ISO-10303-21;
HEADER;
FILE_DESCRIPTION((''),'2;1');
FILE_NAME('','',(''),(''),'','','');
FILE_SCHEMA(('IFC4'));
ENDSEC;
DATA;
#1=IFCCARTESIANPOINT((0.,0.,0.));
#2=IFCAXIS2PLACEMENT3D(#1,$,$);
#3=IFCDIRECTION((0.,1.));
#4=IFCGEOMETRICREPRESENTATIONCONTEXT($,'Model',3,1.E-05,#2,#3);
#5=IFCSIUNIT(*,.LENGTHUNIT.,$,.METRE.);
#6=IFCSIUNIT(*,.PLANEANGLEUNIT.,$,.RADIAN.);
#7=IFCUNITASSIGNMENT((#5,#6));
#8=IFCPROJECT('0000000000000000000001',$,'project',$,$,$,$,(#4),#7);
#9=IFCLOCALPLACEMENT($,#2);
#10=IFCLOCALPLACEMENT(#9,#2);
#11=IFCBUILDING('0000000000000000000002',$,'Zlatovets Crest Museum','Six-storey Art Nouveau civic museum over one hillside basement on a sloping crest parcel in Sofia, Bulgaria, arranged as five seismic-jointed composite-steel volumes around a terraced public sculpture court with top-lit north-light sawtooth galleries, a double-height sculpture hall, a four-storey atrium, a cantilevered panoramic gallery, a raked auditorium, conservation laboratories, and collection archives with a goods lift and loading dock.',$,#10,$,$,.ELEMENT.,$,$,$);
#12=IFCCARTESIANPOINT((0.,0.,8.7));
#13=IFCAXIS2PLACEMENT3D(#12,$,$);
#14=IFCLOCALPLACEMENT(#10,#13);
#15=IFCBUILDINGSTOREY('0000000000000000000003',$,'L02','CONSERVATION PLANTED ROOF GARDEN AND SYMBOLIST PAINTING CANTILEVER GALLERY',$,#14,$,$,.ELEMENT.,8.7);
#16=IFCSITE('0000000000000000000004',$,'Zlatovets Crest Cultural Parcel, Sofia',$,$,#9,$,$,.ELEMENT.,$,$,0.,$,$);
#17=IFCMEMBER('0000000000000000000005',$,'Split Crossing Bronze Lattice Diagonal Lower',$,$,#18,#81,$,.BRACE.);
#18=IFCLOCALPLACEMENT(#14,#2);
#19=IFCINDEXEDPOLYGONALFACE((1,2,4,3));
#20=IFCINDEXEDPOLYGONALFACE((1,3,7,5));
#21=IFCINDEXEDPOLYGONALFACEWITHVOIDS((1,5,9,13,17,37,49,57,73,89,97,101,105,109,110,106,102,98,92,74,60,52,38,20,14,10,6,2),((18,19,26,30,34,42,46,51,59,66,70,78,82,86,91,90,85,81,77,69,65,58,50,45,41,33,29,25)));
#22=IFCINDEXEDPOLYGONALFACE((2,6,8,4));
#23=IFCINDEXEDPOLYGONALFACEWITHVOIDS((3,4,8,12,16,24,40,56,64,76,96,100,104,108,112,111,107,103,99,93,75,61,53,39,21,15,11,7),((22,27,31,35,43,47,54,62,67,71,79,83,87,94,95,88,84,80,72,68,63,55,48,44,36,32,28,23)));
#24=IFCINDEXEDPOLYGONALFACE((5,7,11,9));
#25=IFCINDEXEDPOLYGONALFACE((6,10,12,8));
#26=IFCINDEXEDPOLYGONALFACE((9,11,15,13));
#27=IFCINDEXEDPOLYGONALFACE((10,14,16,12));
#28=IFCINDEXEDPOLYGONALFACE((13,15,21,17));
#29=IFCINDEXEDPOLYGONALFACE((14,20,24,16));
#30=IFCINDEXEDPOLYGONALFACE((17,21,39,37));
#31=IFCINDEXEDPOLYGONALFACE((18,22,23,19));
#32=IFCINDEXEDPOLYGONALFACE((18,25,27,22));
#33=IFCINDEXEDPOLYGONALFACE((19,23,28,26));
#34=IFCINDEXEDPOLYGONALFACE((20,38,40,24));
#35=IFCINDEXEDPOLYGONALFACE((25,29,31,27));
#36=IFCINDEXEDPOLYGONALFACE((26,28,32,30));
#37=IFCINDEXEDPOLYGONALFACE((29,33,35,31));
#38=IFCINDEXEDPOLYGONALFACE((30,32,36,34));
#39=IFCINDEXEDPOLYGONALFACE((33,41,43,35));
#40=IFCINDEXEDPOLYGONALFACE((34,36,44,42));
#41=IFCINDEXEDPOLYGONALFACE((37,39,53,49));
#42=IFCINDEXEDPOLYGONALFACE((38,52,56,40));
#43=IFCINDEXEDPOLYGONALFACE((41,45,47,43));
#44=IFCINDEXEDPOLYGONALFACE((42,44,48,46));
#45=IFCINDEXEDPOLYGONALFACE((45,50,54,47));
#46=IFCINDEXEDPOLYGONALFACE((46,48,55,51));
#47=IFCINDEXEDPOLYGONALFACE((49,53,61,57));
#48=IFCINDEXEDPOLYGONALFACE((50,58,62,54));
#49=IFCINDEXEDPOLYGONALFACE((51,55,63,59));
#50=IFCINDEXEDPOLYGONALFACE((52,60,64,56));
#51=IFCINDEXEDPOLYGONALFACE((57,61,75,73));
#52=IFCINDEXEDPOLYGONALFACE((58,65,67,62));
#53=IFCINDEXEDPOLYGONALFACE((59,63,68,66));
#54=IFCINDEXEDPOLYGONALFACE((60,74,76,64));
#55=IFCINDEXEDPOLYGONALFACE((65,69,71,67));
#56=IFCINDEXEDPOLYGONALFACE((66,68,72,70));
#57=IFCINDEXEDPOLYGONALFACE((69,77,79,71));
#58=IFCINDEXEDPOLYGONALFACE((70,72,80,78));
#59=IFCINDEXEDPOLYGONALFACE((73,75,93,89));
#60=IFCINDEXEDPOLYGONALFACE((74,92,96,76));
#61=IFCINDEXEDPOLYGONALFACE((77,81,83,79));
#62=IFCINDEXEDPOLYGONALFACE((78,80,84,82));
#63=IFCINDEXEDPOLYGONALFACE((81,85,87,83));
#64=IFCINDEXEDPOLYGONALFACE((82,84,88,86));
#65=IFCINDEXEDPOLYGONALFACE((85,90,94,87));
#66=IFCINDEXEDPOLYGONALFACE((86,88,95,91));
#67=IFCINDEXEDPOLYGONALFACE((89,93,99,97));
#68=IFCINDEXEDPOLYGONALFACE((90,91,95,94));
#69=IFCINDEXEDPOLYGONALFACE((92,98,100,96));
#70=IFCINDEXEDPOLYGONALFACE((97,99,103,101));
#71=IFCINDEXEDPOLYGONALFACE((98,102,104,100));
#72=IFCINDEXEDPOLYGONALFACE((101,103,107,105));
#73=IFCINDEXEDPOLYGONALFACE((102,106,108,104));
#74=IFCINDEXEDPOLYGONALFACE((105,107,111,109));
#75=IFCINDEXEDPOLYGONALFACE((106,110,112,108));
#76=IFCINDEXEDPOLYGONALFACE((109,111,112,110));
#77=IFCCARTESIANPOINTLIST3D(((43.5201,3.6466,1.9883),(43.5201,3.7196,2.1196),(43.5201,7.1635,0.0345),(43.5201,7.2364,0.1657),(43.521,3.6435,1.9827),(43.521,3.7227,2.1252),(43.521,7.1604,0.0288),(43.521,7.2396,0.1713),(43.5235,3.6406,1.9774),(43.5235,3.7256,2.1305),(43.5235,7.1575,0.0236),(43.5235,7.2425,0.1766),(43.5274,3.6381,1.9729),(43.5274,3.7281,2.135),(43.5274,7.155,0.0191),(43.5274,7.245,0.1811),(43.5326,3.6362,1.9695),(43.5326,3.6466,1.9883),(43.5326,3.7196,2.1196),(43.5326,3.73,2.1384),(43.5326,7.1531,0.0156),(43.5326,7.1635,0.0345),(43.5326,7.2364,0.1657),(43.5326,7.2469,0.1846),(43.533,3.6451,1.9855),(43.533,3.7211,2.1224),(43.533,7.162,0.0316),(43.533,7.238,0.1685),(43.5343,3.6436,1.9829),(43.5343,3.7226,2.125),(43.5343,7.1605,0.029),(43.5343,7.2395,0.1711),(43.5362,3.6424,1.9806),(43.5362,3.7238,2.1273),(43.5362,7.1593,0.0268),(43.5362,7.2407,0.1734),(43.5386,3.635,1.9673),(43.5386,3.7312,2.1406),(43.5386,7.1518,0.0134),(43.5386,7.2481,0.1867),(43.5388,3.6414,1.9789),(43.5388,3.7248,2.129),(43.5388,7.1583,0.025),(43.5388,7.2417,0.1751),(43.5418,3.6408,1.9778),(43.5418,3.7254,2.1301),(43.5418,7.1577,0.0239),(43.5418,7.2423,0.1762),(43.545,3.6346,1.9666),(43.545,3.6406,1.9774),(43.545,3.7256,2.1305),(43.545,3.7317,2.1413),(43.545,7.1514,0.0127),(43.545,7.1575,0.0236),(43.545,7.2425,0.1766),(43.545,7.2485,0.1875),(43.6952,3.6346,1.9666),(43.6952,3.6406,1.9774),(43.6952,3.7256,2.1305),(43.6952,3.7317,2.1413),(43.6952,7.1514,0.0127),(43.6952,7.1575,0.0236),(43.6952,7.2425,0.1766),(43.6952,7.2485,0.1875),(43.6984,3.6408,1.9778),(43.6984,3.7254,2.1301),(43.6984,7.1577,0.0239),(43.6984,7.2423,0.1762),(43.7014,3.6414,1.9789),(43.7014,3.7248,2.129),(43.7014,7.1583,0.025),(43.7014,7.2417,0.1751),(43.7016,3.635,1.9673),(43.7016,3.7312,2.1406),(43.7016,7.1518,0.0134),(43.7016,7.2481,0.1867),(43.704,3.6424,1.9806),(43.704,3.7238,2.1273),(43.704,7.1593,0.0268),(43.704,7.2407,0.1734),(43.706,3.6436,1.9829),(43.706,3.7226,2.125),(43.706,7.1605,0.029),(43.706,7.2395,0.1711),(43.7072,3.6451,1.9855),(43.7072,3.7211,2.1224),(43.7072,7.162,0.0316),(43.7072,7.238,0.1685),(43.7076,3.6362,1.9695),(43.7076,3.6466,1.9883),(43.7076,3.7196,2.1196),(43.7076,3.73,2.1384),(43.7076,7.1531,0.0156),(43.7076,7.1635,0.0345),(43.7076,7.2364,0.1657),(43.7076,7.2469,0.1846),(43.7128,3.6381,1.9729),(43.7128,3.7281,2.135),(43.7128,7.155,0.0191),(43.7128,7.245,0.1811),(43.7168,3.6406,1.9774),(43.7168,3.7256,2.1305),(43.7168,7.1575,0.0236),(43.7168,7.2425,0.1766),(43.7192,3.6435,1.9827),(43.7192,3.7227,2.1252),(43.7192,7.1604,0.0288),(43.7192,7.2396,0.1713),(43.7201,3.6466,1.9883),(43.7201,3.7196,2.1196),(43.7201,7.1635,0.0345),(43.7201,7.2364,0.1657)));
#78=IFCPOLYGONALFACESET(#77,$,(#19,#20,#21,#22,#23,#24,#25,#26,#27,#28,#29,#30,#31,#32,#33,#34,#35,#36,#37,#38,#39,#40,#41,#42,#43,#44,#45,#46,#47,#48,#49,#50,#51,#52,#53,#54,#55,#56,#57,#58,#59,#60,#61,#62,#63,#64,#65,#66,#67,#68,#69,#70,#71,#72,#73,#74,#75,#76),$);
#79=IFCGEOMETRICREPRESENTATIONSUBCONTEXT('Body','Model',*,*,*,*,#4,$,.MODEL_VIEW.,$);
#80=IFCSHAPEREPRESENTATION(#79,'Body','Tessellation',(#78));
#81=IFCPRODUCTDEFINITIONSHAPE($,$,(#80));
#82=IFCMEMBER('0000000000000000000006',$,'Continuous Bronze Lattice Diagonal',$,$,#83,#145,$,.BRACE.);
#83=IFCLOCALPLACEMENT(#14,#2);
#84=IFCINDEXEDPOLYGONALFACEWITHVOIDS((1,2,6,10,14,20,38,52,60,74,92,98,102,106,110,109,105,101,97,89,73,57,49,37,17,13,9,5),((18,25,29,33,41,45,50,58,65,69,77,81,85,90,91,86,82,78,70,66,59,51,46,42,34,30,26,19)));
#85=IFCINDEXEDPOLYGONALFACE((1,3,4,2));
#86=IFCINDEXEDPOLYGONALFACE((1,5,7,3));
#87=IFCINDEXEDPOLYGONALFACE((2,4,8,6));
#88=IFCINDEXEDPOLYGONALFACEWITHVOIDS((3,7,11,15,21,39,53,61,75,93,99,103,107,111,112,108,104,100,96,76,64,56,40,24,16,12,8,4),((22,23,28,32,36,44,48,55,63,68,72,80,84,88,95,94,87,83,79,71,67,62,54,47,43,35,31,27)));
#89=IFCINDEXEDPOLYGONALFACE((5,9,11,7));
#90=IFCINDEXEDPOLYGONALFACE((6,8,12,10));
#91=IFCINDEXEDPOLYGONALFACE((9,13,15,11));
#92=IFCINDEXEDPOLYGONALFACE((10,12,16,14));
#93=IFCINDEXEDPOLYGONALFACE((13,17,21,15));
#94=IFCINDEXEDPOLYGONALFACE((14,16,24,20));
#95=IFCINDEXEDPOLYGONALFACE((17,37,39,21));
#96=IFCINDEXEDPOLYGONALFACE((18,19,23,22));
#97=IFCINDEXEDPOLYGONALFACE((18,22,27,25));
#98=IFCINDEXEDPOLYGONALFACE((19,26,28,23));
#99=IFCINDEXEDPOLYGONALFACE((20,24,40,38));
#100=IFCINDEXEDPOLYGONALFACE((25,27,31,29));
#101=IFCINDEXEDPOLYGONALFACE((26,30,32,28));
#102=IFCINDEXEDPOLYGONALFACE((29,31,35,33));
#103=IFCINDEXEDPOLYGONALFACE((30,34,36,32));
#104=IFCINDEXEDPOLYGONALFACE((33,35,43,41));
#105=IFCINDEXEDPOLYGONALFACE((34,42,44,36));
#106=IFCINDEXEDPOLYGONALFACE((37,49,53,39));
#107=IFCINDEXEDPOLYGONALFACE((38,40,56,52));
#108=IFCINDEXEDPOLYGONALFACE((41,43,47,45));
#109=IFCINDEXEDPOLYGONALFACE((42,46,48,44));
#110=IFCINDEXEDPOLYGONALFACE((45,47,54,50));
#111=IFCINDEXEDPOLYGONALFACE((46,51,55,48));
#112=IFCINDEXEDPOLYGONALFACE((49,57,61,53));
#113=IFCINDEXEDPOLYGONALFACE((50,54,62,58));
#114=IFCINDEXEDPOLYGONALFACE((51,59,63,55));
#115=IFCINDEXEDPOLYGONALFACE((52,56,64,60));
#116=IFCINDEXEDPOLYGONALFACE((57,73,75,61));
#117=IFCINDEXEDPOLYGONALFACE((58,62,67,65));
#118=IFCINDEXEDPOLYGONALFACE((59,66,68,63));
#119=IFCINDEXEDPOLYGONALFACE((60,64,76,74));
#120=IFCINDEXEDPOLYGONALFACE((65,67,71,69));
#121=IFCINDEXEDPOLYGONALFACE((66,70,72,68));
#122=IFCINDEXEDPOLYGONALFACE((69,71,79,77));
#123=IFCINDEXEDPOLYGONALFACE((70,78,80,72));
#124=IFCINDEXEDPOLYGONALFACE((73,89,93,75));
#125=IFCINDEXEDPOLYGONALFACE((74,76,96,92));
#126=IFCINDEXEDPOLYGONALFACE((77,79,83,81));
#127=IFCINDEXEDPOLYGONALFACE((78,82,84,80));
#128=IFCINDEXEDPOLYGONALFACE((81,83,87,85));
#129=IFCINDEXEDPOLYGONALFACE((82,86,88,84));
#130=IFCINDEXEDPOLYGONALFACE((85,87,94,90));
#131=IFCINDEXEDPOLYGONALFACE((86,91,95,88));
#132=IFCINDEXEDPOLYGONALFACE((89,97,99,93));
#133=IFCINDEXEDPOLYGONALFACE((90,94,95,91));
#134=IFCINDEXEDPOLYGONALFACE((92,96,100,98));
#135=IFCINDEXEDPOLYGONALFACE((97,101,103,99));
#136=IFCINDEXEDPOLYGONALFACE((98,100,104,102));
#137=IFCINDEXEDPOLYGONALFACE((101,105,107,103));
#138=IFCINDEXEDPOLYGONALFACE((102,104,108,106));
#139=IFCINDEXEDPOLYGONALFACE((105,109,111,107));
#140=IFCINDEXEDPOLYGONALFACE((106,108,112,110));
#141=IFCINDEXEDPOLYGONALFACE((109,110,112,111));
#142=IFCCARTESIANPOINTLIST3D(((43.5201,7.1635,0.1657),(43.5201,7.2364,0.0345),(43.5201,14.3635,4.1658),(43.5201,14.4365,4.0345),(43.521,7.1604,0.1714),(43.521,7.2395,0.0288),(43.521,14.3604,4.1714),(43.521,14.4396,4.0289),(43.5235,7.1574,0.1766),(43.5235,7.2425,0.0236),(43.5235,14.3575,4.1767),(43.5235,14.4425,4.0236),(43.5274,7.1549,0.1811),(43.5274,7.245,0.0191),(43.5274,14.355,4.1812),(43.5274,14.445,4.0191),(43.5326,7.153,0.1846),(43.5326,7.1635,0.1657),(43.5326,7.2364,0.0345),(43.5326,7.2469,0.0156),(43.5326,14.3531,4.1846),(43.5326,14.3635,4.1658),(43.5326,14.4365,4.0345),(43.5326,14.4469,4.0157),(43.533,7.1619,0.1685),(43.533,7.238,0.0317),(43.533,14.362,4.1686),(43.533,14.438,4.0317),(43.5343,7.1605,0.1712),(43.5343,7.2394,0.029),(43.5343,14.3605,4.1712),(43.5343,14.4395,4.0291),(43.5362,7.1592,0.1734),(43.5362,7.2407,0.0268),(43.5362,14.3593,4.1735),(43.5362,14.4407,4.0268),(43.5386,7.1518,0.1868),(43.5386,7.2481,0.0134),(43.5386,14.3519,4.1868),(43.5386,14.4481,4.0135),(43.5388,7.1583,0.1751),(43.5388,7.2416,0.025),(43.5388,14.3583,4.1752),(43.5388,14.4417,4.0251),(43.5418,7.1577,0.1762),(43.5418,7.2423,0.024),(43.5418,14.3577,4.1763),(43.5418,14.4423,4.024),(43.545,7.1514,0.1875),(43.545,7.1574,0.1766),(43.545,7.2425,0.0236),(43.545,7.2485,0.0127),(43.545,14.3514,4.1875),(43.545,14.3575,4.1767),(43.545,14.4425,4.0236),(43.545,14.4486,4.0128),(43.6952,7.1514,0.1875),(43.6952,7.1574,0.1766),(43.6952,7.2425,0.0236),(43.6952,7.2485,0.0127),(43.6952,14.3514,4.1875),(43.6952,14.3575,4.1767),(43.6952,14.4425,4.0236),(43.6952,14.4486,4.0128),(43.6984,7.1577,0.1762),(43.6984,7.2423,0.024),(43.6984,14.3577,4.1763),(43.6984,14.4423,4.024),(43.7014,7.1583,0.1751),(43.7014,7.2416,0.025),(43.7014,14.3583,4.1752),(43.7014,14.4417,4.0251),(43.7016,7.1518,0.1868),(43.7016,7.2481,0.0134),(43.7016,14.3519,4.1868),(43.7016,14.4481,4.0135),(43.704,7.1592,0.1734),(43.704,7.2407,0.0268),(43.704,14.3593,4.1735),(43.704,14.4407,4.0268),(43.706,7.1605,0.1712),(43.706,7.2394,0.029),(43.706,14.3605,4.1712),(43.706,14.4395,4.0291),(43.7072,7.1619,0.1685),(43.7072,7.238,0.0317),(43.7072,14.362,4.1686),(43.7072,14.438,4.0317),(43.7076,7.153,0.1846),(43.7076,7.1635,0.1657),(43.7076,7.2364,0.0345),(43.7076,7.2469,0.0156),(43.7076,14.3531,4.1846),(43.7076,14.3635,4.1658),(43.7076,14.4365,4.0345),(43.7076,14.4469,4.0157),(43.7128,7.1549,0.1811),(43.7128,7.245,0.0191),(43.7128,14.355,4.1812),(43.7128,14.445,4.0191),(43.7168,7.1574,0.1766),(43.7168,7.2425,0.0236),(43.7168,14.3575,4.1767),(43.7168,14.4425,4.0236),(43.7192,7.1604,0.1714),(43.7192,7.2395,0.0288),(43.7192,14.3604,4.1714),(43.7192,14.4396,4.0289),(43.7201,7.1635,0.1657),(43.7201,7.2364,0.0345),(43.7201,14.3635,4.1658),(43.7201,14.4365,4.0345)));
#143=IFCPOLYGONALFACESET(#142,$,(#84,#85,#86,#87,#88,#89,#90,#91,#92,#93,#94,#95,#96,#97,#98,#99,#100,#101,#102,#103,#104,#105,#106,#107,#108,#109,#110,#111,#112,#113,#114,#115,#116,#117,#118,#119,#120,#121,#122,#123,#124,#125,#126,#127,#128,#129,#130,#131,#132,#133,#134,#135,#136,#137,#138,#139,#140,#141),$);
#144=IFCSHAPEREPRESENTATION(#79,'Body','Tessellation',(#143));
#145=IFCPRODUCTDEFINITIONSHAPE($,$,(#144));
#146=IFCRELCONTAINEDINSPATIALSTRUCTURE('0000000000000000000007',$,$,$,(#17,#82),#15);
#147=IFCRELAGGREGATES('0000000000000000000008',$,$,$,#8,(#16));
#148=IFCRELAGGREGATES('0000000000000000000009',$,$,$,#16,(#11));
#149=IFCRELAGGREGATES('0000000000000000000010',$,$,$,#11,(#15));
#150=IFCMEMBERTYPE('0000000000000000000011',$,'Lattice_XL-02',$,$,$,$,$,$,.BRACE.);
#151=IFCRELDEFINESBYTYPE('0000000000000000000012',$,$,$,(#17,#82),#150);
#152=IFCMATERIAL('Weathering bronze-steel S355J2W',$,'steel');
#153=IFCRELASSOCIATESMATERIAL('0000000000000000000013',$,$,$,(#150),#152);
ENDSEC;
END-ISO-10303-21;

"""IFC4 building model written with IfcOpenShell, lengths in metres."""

from ifc_helpers import new_model, si_unit, direction, frame, origin, origin_2d, place, context, subcontext, project, spatial, hollow_rectangle, extrude, material, material_profile, profile_set, type_object, element, save


model = new_model("IFC4")

# Units and contexts
model_context = context("Model", 3, precision=1e-05, world=origin(), true_north=direction((0.0, 1.0)))
body_context = subcontext(model_context, "Body", "Model", "MODEL_VIEW")
ifc_project = project(units=[si_unit("LENGTHUNIT", "METRE"), si_unit("PLANEANGLEUNIT", "RADIAN")], contexts=[model_context])

# Site, building, storey
site_placement = place(None, origin())
site = spatial("IfcSite", under=ifc_project, at=site_placement, Name="Zlatovets Crest Cultural Parcel, Sofia", CompositionType="ELEMENT", RefElevation=0.0)
building_placement = place(site_placement, origin())
building = spatial("IfcBuilding", under=site, at=building_placement, Name="Zlatovets Crest Museum", Description="Six-storey Art Nouveau civic museum over one hillside basement on a sloping crest parcel in Sofia, Bulgaria, arranged as five seismic-jointed composite-steel volumes around a terraced public sculpture court with top-lit north-light sawtooth galleries, a double-height sculpture hall, a four-storey atrium, a cantilevered panoramic gallery, a raked auditorium, conservation laboratories, and collection archives with a goods lift and loading dock.", CompositionType="ELEMENT")
storey_placement = place(building_placement, frame((0.0, 0.0, 8.7)))
storey = spatial("IfcBuildingStorey", under=building, at=storey_placement, Name="L02", Description="CONSERVATION PLANTED ROOF GARDEN AND SYMBOLIST PAINTING CANTILEVER GALLERY", CompositionType="ELEMENT", Elevation=8.7)

# Members
ifc_material_1 = material(Name="Weathering bronze-steel S355J2W", Category="steel")
ifc_material_profile_1 = material_profile(ifc_material_1, hollow_rectangle(XDim=0.2, YDim=0.2, WallThickness=0.0125, InnerFilletRadius=0.0125, OuterFilletRadius=0.0249, at=origin_2d()), Name="SHS 200x200x12.5")
ifc_profile_set_1 = profile_set([ifc_material_profile_1], Name="Weathering bronze-steel S355J2W")
member_type_1 = type_object("IfcMemberType", Name="Lattice_XL-02", PredefinedType="BRACE", material=ifc_profile_set_1)
member_1_placement = place(storey_placement, frame((43.6201, 3.6831, 2.054), z_axis=(0.0, 0.874152, -0.485653), x_axis=(-1.0, 0.0, 0.0)))
element("IfcMember", 1, at=member_1_placement, inside=storey, type_object=member_type_1, Name="Split Crossing Bronze Lattice Diagonal Lower", PredefinedType="BRACE", context=body_context, shape_type="SweptSolid", body=[
    extrude(hollow_rectangle(XDim=0.2, YDim=0.2, WallThickness=0.0125, InnerFilletRadius=0.0125, OuterFilletRadius=0.0249, at=origin_2d()), origin(), (0.0, 0.0, 1.0), 4.0232),
])
member_2_placement = place(storey_placement, frame((43.6201, 7.2, 0.1001), z_axis=(0.0, 0.874156, 0.485645), x_axis=(-1.0, 0.0, 0.0)))
element("IfcMember", 2, at=member_2_placement, inside=storey, type_object=member_type_1, Name="Continuous Bronze Lattice Diagonal", PredefinedType="BRACE", context=body_context, shape_type="SweptSolid", body=[
    extrude(hollow_rectangle(XDim=0.2, YDim=0.2, WallThickness=0.0125, InnerFilletRadius=0.0125, OuterFilletRadius=0.0249, at=origin_2d()), origin(), (0.0, 0.0, 1.0), 8.2366),
])

save(model, "model.ifc")
